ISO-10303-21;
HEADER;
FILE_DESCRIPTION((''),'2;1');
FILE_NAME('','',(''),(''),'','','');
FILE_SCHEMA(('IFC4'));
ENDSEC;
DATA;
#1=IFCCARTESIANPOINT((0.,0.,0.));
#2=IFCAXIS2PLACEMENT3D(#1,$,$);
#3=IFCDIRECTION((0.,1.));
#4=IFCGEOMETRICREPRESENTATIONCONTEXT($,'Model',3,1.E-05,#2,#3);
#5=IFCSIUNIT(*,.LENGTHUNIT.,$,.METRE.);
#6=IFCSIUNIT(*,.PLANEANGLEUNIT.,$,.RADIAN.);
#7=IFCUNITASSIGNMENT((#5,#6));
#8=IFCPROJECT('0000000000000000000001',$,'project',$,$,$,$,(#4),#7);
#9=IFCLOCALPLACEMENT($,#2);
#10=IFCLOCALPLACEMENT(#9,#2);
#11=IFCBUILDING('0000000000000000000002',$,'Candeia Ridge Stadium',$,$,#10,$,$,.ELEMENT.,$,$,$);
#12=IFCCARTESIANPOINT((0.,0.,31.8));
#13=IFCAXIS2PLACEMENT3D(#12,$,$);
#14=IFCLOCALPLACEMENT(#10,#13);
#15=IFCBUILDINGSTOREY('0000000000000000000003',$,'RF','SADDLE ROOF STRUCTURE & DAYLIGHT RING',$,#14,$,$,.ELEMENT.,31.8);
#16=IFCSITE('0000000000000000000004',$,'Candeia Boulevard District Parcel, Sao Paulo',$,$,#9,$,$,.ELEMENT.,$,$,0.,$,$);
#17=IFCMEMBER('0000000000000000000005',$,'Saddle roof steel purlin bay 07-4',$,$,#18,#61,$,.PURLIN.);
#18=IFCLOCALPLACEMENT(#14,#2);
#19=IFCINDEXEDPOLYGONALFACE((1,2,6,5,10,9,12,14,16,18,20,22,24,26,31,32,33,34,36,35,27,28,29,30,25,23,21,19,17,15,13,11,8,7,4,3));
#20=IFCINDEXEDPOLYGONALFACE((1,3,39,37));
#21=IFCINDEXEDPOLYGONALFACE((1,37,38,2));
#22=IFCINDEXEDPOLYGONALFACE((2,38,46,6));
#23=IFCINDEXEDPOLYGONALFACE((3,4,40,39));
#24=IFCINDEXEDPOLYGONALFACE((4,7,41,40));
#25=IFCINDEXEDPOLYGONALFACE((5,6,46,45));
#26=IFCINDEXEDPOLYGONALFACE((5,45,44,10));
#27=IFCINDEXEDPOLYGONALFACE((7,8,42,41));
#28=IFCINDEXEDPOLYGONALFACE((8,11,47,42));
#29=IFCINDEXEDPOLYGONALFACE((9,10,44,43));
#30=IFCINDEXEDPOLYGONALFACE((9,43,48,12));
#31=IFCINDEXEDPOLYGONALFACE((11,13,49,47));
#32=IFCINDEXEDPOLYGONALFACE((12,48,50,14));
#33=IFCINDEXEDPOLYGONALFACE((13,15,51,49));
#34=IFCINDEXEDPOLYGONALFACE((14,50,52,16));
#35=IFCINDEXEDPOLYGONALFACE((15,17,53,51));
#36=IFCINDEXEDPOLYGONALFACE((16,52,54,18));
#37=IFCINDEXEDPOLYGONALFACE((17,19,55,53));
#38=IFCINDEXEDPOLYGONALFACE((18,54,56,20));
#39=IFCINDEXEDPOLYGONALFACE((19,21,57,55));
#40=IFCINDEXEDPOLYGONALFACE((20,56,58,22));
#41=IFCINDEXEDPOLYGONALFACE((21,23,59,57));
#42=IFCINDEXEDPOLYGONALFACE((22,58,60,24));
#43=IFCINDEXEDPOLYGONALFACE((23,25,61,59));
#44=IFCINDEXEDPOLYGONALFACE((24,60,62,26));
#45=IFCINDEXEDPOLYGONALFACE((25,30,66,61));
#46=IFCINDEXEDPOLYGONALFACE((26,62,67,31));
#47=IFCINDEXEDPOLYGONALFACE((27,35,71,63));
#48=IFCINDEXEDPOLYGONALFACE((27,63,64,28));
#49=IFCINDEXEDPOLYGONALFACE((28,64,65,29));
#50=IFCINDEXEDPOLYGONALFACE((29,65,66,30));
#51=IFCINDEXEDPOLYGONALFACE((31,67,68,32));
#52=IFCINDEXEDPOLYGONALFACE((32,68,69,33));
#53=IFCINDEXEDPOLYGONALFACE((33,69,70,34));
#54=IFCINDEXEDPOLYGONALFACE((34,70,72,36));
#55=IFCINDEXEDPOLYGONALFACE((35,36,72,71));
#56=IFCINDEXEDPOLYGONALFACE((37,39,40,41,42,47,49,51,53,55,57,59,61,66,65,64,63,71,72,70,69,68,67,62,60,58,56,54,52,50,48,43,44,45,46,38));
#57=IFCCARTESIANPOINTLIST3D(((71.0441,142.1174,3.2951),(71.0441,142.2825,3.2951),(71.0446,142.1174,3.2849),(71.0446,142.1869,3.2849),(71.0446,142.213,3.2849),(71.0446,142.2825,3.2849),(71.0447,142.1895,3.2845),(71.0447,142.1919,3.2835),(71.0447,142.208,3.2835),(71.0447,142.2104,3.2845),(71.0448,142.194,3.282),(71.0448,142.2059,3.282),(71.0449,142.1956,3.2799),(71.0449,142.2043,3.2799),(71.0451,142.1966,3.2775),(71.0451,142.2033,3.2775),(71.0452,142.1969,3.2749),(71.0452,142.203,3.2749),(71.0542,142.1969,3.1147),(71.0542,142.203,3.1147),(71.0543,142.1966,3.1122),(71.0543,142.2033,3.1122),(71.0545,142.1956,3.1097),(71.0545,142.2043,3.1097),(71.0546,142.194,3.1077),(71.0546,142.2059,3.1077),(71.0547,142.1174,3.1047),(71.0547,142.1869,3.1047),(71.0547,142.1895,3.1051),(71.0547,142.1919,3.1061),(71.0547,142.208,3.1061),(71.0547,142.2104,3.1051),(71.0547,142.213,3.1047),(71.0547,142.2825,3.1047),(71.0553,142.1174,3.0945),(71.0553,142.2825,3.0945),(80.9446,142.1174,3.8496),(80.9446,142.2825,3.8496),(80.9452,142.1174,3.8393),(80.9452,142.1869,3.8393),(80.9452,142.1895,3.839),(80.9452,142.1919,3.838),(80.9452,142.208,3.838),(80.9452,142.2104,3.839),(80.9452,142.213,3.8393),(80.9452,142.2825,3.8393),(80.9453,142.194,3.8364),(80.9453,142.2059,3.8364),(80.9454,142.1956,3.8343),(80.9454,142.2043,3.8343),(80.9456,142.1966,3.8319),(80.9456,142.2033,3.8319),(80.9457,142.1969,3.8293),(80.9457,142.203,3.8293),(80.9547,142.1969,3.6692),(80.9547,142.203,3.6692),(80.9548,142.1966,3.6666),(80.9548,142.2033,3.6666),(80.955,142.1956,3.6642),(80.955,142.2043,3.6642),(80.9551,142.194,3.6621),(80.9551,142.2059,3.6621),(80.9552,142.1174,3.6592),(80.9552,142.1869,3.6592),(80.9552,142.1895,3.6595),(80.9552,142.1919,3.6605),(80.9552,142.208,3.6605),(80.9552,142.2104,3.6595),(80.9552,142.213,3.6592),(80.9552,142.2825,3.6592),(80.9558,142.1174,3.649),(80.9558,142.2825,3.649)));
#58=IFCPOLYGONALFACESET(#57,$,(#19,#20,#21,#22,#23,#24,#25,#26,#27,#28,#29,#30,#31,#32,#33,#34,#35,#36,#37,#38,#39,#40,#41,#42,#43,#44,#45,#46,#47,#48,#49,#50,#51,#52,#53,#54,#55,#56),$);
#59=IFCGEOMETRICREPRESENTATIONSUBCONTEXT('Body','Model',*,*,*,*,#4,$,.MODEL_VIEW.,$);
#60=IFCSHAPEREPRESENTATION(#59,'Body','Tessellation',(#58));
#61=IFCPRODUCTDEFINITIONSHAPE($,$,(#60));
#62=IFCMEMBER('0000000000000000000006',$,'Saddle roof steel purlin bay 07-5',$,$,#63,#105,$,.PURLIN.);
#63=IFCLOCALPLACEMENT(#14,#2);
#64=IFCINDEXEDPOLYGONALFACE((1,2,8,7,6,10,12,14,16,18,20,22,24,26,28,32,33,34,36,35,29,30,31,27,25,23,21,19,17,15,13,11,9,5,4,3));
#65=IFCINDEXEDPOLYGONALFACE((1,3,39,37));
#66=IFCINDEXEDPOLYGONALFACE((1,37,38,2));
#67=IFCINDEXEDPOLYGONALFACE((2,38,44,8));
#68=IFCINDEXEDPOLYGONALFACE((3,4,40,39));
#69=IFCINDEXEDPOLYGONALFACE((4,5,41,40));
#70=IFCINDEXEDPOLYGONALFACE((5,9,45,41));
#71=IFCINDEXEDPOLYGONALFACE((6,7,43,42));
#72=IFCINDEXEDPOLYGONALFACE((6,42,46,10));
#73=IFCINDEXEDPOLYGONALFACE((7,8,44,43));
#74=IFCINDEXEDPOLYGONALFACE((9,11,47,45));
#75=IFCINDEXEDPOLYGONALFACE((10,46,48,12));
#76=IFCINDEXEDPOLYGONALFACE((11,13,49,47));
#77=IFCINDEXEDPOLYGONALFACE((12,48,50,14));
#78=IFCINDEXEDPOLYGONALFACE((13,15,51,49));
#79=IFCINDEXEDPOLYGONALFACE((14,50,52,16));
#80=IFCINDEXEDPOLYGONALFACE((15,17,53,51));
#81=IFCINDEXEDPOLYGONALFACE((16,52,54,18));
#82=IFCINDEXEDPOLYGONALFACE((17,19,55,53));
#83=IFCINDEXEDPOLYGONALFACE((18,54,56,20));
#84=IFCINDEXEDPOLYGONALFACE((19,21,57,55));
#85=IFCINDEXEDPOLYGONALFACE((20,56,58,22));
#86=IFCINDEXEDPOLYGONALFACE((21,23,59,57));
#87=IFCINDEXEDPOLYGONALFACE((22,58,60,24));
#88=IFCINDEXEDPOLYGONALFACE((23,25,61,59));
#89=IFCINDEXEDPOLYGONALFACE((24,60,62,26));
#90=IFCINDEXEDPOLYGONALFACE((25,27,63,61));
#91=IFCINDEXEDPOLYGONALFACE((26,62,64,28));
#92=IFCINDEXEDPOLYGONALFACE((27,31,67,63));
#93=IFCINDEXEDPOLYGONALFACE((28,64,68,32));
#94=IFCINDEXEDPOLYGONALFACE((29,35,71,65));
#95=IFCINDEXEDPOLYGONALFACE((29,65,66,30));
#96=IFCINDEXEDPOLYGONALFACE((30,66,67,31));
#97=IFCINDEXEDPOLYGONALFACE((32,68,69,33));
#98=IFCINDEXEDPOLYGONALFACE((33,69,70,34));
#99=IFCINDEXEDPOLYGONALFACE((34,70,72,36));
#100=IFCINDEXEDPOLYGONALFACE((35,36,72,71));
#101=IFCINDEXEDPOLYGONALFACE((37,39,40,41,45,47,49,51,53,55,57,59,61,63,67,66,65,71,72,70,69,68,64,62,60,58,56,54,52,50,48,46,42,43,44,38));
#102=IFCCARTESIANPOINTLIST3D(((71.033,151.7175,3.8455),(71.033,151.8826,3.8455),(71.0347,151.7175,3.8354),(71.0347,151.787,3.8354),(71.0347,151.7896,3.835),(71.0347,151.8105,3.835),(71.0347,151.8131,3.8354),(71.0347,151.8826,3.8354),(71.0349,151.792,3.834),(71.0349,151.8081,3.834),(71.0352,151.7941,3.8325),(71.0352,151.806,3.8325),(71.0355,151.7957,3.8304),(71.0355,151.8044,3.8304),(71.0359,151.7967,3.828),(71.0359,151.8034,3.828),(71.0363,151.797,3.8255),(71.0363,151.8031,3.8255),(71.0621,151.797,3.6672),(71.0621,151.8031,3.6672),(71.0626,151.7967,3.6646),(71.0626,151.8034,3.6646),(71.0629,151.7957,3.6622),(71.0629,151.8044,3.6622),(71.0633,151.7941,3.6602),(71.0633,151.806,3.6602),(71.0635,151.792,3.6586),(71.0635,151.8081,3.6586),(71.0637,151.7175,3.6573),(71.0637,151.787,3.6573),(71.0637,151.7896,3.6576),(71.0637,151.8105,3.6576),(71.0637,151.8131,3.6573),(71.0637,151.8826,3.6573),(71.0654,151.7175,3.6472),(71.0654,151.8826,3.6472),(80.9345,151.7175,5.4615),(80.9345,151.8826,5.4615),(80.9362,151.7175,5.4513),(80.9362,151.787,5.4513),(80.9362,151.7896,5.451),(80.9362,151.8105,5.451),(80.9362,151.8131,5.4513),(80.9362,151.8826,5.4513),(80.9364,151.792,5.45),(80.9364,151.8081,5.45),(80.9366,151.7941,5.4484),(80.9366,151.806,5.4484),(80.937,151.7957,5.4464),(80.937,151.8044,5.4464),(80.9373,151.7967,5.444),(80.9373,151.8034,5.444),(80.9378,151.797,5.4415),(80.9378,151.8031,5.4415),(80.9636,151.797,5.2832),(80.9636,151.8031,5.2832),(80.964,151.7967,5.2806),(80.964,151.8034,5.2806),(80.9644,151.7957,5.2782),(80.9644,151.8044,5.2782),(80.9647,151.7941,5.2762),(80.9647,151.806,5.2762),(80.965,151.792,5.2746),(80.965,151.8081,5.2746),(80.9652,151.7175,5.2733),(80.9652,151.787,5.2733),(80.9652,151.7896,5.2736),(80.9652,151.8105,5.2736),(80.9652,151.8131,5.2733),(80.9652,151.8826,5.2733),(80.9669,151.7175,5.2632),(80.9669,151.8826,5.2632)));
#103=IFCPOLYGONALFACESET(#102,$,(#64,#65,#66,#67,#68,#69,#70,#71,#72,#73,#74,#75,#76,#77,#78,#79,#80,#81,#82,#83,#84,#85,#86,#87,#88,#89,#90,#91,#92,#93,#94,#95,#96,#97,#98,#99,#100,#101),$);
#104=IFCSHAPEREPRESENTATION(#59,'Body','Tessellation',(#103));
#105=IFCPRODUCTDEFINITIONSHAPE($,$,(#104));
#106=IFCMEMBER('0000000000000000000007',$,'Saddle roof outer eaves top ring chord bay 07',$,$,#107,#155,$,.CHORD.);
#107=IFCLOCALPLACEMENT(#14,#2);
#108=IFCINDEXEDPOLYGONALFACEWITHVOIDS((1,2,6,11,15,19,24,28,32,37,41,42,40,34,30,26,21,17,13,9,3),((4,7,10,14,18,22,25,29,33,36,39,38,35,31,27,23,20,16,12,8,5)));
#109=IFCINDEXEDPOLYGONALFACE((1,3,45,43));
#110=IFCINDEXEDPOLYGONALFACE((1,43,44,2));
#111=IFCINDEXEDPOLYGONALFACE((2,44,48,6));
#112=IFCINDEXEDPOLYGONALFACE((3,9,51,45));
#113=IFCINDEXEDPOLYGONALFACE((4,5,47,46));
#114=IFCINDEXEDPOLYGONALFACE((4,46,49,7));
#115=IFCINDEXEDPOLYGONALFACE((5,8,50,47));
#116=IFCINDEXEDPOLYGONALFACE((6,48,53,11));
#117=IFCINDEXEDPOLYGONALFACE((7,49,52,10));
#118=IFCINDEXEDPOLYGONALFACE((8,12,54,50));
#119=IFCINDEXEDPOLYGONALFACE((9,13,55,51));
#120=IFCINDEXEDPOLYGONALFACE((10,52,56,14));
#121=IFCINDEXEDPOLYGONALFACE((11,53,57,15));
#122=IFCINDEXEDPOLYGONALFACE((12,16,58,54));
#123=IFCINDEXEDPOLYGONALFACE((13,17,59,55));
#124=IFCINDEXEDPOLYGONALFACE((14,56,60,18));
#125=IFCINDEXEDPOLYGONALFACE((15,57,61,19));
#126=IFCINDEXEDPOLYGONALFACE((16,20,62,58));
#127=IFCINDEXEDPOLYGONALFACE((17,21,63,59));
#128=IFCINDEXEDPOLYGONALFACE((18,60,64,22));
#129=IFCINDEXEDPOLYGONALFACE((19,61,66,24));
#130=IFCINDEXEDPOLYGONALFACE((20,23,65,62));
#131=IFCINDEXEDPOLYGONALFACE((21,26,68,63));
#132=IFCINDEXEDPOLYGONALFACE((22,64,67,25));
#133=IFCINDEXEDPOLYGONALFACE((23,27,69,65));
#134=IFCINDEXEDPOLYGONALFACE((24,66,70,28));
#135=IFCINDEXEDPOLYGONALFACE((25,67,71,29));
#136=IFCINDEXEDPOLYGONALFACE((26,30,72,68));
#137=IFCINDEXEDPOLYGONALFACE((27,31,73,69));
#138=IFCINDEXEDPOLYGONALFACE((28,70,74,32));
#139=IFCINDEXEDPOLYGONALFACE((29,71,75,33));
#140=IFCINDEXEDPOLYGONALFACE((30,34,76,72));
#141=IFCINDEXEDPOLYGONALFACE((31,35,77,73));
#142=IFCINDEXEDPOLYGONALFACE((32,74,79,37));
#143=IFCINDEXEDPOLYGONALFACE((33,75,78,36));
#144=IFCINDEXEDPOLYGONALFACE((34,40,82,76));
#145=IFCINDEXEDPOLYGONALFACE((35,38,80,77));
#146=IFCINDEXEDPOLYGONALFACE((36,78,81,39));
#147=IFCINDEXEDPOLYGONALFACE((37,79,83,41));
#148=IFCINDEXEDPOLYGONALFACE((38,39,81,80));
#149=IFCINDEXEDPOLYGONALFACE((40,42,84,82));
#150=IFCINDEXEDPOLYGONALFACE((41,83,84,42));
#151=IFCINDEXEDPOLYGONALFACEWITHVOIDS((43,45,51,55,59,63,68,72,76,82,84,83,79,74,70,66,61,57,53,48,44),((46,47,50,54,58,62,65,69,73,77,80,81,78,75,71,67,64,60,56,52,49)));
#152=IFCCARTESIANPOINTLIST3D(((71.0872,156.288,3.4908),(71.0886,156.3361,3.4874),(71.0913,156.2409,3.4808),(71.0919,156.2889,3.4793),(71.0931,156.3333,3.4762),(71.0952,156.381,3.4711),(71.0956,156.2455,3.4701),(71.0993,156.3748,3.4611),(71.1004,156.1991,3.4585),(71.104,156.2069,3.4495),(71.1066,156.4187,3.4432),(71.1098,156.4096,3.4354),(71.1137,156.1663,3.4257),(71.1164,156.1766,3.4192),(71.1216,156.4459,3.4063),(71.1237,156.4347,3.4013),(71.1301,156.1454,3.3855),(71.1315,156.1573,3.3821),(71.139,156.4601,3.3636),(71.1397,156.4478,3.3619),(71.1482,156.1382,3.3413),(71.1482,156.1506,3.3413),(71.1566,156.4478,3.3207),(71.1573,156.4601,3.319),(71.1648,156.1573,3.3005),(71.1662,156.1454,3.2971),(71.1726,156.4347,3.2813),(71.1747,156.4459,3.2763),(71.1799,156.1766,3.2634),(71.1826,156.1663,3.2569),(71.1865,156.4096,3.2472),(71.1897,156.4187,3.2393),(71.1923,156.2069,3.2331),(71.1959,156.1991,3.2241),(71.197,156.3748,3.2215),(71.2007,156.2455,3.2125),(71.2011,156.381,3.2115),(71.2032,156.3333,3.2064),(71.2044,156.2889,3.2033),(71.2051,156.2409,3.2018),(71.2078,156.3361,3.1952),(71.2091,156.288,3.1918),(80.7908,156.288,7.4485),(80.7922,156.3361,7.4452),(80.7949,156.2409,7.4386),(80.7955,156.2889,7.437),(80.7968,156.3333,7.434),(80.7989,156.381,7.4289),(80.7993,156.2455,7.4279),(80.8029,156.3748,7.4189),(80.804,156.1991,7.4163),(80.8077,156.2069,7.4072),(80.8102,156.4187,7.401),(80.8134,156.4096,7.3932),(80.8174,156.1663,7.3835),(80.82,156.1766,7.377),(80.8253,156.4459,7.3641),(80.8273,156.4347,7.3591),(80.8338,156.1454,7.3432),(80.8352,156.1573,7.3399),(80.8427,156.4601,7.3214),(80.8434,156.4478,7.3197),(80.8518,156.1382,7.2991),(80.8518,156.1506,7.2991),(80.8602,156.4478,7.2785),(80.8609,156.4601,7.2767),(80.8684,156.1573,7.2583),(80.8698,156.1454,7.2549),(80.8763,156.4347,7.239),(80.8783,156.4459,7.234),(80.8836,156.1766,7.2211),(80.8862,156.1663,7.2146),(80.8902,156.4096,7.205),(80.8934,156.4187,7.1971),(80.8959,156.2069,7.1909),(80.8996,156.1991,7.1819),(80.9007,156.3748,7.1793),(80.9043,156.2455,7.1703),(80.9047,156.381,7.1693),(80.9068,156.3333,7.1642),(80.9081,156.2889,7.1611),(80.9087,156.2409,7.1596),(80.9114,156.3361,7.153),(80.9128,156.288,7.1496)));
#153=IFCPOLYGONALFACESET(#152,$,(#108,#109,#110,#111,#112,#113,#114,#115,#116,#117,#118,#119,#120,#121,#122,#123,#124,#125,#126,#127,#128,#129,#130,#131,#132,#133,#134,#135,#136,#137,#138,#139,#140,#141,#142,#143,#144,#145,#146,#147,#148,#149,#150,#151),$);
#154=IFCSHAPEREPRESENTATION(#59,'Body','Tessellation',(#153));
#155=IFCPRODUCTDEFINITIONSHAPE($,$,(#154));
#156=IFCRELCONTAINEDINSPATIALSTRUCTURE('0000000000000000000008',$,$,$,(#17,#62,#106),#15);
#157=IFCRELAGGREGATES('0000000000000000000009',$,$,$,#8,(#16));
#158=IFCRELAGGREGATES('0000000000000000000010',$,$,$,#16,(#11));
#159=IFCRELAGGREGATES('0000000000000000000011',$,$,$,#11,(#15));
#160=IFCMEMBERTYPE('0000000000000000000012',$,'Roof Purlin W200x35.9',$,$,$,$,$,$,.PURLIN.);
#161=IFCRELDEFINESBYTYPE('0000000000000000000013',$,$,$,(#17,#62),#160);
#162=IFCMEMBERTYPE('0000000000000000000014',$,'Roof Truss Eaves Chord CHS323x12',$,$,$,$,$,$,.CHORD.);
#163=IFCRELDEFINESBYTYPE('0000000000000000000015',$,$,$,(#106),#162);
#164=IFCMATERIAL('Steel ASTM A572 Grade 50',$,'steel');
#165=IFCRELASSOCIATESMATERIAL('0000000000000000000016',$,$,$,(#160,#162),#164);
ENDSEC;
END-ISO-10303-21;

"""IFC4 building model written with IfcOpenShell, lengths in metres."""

from ifc_helpers import new_model, si_unit, direction, frame, origin, origin_2d, place, context, subcontext, project, spatial, hollow_circle, i_section, extrude, material, material_profile, profile_set, type_object, element, save


model = new_model("IFC4")

# Units and contexts
model_context = context("Model", 3, precision=1e-05, world=origin(), true_north=direction((0.0, 1.0)))
body_context = subcontext(model_context, "Body", "Model", "MODEL_VIEW")
ifc_project = project(units=[si_unit("LENGTHUNIT", "METRE"), si_unit("PLANEANGLEUNIT", "RADIAN")], contexts=[model_context])

# Site, building, storey
site_placement = place(None, origin())
site = spatial("IfcSite", under=ifc_project, at=site_placement, Name="Candeia Boulevard District Parcel, Sao Paulo", CompositionType="ELEMENT", RefElevation=0.0)
building_placement = place(site_placement, origin())
building = spatial("IfcBuilding", under=site, at=building_placement, Name="Candeia Ridge Stadium", CompositionType="ELEMENT")
storey_placement = place(building_placement, frame((0.0, 0.0, 31.8)))
storey = spatial("IfcBuildingStorey", under=building, at=storey_placement, Name="RF", Description="SADDLE ROOF STRUCTURE & DAYLIGHT RING", CompositionType="ELEMENT", Elevation=31.8)

# Shared definitions
ifc_material_1 = material(Name="Steel ASTM A572 Grade 50", Category="steel")

# Members
ifc_material_profile_1 = material_profile(ifc_material_1, i_section(OverallWidth=0.165, OverallDepth=0.2009, WebThickness=0.0061, FlangeThickness=0.0103, FilletRadius=0.01, at=origin_2d()), Name="W200x35.9", Category="steel")
ifc_profile_set_1 = profile_set([ifc_material_profile_1], Name="Steel ASTM A572 Grade 50")
member_type_1 = type_object("IfcMemberType", Name="Roof Purlin W200x35.9", PredefinedType="PURLIN", material=ifc_profile_set_1)
for number, where, z_axis, x_axis, name in (
    (1, (80.9502, 142.2, 3.7493), (-0.998436, 0.0, -0.055915), (0.0, -1.0, 0.0), "Saddle roof steel purlin bay 07-4"),
):
    element("IfcMember", number, at=place(storey_placement, frame(where, z_axis=z_axis, x_axis=x_axis)), inside=storey, type_object=member_type_1, Name=name, PredefinedType="PURLIN", context=body_context, shape_type="SweptSolid", body=[
        extrude(i_section(OverallWidth=0.165, OverallDepth=0.2009, WebThickness=0.0061, FlangeThickness=0.0103, FilletRadius=0.01, at=origin_2d()), origin(), (0.0, 0.0, 1.0), 9.916),
    ])
member_1_placement = place(storey_placement, frame((80.9507, 151.8, 5.3623), z_axis=(-0.986942, 0.0, -0.161075), x_axis=(0.0, -1.0, 0.0)))
element("IfcMember", 2, at=member_1_placement, inside=storey, type_object=member_type_1, Name="Saddle roof steel purlin bay 07-5", PredefinedType="PURLIN", context=body_context, shape_type="SweptSolid", body=[
    extrude(i_section(OverallWidth=0.165, OverallDepth=0.2009, WebThickness=0.0061, FlangeThickness=0.0103, FilletRadius=0.01, at=origin_2d()), origin(), (0.0, 0.0, 1.0), 10.0325),
])
ifc_material_profile_2 = material_profile(ifc_material_1, hollow_circle(Radius=0.1619, WallThickness=0.0125, at=origin_2d()), Name="CHS323x12", Category="steel")
ifc_profile_set_2 = profile_set([ifc_material_profile_2], Name="Steel ASTM A572 Grade 50")
member_type_2 = type_object("IfcMemberType", Name="Roof Truss Eaves Chord CHS323x12", PredefinedType="CHORD", material=ifc_profile_set_2)
for number, where, z_axis, x_axis, name in (
    (3, (80.8518, 156.3, 7.2991), (-0.925944, 0.0, -0.37766), (0.0, -1.0, 0.0), "Saddle roof outer eaves top ring chord bay 07"),
):
    element("IfcMember", number, at=place(storey_placement, frame(where, z_axis=z_axis, x_axis=x_axis)), inside=storey, type_object=member_type_2, Name=name, PredefinedType="CHORD", context=body_context, shape_type="SweptSolid", body=[
        extrude(hollow_circle(Radius=0.1619, WallThickness=0.0125, at=origin_2d()), origin(), (0.0, 0.0, 1.0), 10.4797),
    ])

save(model, "model.ifc")
